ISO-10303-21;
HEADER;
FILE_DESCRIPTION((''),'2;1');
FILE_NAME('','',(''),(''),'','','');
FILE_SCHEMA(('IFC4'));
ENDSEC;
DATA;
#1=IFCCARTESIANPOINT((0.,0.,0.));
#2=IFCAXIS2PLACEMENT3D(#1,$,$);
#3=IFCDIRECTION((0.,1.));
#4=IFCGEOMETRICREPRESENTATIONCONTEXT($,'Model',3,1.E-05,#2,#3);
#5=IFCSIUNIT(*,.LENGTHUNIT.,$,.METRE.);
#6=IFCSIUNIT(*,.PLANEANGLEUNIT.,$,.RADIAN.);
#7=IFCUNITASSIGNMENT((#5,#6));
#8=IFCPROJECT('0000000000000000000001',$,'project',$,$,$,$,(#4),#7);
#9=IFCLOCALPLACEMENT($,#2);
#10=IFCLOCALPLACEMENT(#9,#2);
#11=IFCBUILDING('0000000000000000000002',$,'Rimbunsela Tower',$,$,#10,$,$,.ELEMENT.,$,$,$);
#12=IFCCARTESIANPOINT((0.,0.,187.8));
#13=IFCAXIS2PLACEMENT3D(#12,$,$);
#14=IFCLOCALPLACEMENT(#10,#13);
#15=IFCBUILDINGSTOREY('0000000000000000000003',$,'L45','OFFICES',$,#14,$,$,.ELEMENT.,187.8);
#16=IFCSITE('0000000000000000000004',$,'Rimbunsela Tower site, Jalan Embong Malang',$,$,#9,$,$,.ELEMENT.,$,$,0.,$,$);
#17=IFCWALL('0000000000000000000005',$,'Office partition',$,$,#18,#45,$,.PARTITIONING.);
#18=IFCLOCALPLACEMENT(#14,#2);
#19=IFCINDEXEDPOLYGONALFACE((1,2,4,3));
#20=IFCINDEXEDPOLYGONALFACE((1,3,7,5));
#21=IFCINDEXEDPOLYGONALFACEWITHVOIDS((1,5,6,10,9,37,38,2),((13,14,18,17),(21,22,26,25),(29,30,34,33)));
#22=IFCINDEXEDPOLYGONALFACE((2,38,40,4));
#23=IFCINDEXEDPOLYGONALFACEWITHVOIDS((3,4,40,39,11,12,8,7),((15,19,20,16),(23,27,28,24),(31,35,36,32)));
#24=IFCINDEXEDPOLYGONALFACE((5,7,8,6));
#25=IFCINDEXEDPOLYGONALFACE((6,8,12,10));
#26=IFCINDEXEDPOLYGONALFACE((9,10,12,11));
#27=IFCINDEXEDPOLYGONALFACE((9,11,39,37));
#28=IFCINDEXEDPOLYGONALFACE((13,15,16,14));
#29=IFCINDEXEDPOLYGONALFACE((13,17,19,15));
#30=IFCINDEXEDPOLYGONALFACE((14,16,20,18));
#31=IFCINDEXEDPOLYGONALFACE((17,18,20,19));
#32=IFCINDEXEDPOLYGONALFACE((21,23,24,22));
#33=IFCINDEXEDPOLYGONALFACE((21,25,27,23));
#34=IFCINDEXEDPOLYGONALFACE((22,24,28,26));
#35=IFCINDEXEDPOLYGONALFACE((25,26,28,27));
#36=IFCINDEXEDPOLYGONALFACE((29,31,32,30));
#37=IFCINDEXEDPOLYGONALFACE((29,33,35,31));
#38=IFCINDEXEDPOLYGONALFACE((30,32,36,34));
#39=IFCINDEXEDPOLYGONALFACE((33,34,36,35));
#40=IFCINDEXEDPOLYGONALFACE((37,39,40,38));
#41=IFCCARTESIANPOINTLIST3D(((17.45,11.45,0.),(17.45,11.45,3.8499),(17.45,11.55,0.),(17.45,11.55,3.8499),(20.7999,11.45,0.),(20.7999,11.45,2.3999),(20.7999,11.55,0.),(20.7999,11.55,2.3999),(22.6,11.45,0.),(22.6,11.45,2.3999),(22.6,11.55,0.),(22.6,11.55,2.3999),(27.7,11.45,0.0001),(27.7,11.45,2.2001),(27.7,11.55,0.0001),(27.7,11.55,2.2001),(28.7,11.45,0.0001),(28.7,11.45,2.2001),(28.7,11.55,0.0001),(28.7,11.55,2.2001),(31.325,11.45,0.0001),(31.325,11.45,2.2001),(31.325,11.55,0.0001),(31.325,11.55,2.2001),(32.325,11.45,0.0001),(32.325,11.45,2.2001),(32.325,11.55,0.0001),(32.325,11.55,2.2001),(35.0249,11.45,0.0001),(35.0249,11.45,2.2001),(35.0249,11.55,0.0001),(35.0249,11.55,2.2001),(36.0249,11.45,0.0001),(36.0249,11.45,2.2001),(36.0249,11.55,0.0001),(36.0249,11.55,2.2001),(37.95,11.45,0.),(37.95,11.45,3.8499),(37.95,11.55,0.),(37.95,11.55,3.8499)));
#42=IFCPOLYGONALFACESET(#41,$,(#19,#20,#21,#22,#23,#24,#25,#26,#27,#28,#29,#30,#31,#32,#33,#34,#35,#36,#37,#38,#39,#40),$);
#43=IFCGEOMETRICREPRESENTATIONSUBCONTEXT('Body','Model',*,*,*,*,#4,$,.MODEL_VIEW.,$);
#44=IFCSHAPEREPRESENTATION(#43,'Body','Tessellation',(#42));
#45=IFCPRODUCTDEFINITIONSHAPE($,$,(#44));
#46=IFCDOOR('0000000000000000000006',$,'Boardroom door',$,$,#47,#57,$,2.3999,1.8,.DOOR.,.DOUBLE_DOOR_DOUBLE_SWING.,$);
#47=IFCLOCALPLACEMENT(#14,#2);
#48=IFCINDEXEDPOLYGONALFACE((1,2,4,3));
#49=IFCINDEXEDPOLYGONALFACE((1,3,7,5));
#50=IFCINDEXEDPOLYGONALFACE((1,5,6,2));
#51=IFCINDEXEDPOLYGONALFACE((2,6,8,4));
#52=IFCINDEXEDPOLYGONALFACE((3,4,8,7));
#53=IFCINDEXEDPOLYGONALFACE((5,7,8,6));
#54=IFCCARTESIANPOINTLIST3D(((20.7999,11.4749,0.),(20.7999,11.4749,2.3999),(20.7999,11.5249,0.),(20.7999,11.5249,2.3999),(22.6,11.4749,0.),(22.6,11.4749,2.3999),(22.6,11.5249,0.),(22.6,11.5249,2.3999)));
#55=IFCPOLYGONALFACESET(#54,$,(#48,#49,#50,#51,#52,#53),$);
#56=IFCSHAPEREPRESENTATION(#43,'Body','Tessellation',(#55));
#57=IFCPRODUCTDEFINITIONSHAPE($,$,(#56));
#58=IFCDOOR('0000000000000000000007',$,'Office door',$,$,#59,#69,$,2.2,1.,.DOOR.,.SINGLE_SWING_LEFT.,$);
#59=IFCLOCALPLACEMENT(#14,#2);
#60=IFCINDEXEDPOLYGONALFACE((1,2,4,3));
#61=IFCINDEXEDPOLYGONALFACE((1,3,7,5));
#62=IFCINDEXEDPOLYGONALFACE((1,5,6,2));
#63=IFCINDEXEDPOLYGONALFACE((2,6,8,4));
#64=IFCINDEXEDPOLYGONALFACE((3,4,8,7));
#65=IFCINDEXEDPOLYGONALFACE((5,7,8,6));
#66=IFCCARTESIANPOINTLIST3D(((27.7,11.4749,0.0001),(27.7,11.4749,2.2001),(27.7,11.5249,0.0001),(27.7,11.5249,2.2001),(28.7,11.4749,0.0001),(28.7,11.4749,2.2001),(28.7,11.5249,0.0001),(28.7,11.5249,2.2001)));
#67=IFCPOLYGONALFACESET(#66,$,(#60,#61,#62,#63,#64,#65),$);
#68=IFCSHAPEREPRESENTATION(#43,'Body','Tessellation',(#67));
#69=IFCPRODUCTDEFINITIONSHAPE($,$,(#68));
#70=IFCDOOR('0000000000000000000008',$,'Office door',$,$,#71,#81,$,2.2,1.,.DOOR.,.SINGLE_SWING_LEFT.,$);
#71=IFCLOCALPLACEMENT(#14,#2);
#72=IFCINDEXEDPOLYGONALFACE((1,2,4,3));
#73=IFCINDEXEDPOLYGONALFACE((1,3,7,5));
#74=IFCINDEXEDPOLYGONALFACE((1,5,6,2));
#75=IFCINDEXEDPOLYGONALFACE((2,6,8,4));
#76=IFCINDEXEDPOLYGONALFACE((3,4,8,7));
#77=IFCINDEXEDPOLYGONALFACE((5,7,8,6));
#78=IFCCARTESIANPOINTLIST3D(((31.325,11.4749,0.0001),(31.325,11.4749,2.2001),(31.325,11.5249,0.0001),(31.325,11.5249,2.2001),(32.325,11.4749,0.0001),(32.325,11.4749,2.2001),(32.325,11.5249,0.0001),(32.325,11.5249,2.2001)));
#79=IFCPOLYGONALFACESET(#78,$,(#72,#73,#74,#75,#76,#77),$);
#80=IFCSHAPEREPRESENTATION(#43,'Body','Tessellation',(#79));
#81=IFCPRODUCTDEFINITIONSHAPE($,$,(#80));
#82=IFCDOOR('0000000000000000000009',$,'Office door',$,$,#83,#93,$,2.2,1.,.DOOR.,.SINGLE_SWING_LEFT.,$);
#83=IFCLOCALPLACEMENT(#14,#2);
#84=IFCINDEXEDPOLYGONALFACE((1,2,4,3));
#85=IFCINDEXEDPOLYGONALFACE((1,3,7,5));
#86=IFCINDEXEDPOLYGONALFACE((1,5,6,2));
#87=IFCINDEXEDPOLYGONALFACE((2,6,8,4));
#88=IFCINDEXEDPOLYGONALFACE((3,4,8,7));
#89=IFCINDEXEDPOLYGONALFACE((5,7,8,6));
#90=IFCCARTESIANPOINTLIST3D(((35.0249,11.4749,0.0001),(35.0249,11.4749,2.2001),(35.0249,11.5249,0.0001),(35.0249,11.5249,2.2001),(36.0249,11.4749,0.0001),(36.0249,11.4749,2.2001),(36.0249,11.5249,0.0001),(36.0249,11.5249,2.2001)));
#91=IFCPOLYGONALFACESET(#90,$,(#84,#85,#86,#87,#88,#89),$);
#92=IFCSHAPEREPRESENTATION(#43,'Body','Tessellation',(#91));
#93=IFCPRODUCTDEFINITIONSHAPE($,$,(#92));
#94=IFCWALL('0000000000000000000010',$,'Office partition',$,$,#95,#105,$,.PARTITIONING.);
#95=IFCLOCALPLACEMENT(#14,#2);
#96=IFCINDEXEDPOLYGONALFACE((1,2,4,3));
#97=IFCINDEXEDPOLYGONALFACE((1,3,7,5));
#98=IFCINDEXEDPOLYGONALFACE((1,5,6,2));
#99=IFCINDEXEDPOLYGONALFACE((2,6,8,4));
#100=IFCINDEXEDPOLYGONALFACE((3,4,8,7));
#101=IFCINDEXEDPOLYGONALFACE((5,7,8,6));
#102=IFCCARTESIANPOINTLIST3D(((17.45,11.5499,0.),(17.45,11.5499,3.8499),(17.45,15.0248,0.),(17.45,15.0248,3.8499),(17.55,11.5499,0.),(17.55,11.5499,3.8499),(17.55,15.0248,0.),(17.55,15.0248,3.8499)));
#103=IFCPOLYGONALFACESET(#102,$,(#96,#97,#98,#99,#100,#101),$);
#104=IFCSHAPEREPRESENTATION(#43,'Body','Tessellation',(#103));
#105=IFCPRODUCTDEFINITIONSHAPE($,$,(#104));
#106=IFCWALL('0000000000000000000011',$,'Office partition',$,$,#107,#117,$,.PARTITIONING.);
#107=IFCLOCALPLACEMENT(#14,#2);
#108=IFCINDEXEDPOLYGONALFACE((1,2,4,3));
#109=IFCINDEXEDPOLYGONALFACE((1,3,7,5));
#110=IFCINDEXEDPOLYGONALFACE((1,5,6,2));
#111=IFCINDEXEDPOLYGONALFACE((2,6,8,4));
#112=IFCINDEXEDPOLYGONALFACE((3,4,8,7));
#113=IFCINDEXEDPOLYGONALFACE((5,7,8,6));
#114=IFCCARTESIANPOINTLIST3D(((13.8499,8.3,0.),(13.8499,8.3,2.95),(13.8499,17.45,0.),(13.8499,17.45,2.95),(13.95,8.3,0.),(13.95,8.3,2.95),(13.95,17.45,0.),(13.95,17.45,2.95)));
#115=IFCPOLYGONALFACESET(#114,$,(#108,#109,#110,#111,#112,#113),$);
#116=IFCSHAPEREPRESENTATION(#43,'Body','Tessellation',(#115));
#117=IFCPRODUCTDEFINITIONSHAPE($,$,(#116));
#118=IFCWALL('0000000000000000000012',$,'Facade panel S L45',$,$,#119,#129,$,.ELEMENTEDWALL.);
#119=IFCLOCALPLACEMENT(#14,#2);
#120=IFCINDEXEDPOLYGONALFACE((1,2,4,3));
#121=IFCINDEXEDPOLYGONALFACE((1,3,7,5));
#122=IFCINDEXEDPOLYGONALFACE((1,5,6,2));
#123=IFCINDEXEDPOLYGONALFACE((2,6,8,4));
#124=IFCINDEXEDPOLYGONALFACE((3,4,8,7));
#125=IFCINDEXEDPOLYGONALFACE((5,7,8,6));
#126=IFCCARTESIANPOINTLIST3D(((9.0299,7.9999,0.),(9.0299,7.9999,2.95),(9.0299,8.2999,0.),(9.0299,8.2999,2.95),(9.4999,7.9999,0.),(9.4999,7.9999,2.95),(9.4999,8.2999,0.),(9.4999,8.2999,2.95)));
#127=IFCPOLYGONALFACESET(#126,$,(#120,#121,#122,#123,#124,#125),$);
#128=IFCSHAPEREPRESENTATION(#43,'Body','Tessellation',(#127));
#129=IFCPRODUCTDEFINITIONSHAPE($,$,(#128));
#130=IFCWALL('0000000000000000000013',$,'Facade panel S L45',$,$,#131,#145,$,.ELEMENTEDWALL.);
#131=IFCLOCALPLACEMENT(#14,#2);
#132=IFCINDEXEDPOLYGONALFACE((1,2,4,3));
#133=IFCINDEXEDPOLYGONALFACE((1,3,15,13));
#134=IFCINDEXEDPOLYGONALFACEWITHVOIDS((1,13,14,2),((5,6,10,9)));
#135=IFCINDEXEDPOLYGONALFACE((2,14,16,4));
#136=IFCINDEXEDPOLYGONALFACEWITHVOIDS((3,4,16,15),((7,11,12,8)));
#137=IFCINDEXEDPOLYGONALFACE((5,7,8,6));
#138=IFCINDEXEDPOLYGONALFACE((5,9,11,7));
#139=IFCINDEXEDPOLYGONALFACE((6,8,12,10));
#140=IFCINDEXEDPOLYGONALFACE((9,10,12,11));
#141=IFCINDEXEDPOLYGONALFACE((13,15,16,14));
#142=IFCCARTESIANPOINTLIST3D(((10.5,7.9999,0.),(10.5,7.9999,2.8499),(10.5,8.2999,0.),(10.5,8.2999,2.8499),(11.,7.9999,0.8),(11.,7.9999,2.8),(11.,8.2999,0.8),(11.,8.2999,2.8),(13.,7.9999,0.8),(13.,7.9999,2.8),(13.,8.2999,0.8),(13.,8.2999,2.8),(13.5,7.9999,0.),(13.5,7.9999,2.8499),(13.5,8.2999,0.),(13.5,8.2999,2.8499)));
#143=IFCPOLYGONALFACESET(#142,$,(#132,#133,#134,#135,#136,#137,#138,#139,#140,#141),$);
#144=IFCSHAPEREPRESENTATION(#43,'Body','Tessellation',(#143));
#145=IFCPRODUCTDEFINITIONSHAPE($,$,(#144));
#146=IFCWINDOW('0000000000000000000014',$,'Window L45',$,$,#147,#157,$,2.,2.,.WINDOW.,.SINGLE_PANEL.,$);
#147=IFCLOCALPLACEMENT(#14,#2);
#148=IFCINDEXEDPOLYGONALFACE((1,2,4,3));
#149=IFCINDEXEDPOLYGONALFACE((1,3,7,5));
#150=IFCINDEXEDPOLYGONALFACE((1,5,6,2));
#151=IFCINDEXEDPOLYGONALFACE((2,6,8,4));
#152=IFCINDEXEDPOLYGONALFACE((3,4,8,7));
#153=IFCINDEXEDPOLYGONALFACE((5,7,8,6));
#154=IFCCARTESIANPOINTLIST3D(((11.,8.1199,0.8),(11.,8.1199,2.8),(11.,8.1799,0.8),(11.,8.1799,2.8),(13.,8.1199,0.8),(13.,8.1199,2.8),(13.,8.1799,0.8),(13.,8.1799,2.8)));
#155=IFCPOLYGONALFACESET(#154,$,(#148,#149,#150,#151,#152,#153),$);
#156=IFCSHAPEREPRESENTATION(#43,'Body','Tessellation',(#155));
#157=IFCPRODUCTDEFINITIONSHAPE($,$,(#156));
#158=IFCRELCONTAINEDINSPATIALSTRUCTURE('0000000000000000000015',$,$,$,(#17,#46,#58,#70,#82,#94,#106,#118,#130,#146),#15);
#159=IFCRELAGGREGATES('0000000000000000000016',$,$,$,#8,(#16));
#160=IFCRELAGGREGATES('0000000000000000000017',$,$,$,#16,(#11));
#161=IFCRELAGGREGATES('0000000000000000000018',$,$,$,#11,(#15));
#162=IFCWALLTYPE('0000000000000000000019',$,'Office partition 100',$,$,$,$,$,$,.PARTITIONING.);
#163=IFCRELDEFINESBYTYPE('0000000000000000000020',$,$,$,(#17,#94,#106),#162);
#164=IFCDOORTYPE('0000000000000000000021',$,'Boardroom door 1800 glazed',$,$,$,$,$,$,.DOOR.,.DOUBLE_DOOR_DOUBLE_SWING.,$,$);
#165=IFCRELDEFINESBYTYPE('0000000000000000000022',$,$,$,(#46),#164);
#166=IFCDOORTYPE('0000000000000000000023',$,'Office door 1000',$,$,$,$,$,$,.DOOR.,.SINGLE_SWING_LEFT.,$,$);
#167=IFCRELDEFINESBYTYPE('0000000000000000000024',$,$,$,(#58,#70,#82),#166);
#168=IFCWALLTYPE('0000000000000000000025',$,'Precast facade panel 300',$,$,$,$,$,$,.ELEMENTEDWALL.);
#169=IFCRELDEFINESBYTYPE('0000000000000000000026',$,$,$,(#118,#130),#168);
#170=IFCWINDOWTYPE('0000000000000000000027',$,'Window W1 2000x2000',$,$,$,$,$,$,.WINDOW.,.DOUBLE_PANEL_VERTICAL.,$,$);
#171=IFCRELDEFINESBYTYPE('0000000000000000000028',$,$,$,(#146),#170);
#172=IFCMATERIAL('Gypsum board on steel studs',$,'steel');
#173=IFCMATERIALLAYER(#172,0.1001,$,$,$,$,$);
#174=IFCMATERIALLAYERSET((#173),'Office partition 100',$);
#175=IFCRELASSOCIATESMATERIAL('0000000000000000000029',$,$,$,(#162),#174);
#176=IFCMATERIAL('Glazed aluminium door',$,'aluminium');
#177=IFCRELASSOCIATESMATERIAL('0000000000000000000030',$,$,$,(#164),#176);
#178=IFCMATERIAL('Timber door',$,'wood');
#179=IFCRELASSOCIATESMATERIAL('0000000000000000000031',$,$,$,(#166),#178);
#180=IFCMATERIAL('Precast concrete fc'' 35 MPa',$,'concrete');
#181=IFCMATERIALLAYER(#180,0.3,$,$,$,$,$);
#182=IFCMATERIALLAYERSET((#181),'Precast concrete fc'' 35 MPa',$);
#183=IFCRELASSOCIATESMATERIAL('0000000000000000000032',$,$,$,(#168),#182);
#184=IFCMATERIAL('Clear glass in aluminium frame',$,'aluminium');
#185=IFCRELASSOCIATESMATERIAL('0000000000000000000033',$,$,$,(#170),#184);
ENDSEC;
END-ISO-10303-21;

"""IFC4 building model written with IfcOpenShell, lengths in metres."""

from ifc_helpers import new_model, si_unit, direction, frame, frame_2d, origin, place, context, subcontext, project, spatial, rectangle, extrude, material, layer, layer_set, type_object, element, fill, save


model = new_model("IFC4")

# Units and contexts
model_context = context("Model", 3, precision=1e-05, world=origin(), true_north=direction((0.0, 1.0)))
body_context = subcontext(model_context, "Body", "Model", "MODEL_VIEW")
ifc_project = project(units=[si_unit("LENGTHUNIT", "METRE"), si_unit("PLANEANGLEUNIT", "RADIAN")], contexts=[model_context])

# Site, building, storey
site_placement = place(None, origin())
site = spatial("IfcSite", under=ifc_project, at=site_placement, Name="Rimbunsela Tower site, Jalan Embong Malang", CompositionType="ELEMENT", RefElevation=0.0)
building_placement = place(site_placement, origin())
building = spatial("IfcBuilding", under=site, at=building_placement, Name="Rimbunsela Tower", CompositionType="ELEMENT")
storey_placement = place(building_placement, frame((0.0, 0.0, 187.8)))
storey = spatial("IfcBuildingStorey", under=building, at=storey_placement, Name="L45", Description="OFFICES", CompositionType="ELEMENT", Elevation=187.8)

# Wall, openings, doors
ifc_material_1 = material(Name="Gypsum board on steel studs", Category="steel")
ifc_layer_1 = layer(ifc_material_1, 0.1001)
ifc_layer_set_1 = layer_set([ifc_layer_1], Name="Office partition 100")
wall_type_1 = type_object("IfcWallType", Name="Office partition 100", PredefinedType="PARTITIONING", material=ifc_layer_set_1)
wall_1_placement = place(storey_placement, frame((17.45, 11.5, 0.0), z_axis=(0.0, 0.0, 1.0), x_axis=(1.0, 0.0, 0.0)))
wall_1 = element("IfcWall", 1, at=wall_1_placement, inside=storey, type_object=wall_type_1, Name="Office partition", PredefinedType="PARTITIONING", context=body_context, shape_type="SweptSolid", body=[
    extrude(rectangle(XDim=20.5, YDim=0.1001, at=frame_2d((10.25, 0.0))), origin(), (0.0, 0.0, 1.0), 3.8499),
])
opening_1_placement = place(wall_1_placement, frame((3.3501, 0.0, 0.0)))
opening_1 = element("IfcOpeningElement", 2, at=opening_1_placement, cuts=wall_1, PredefinedType="OPENING", context=body_context, shape_type="SweptSolid", body=[
    extrude(rectangle(XDim=1.8, YDim=2.3999, at=frame_2d((0.8999, 1.2))), frame((0.0, 0.0601, 0.0), z_axis=(0.0, -1.0, 0.0), x_axis=(1.0, 0.0, 0.0)), (0.0, 0.0, 1.0), 0.1201),
])
opening_2_placement = place(wall_1_placement, frame((10.25, 0.0, 0.0)))
opening_2 = element("IfcOpeningElement", 3, at=opening_2_placement, cuts=wall_1, PredefinedType="OPENING", context=body_context, shape_type="SweptSolid", body=[
    extrude(rectangle(XDim=1.0, YDim=2.2, at=frame_2d((0.5, 1.1001))), frame((0.0, 0.0601, 0.0), z_axis=(0.0, -1.0, 0.0), x_axis=(1.0, 0.0, 0.0)), (0.0, 0.0, 1.0), 0.1201),
])
opening_3_placement = place(wall_1_placement, frame((13.875, 0.0, 0.0)))
opening_3 = element("IfcOpeningElement", 4, at=opening_3_placement, cuts=wall_1, PredefinedType="OPENING", context=body_context, shape_type="SweptSolid", body=[
    extrude(rectangle(XDim=1.0, YDim=2.2, at=frame_2d((0.5, 1.1001))), frame((0.0, 0.0601, 0.0), z_axis=(0.0, -1.0, 0.0), x_axis=(1.0, 0.0, 0.0)), (0.0, 0.0, 1.0), 0.1201),
])
opening_4_placement = place(wall_1_placement, frame((17.575, 0.0, 0.0)))
opening_4 = element("IfcOpeningElement", 5, at=opening_4_placement, cuts=wall_1, PredefinedType="OPENING", context=body_context, shape_type="SweptSolid", body=[
    extrude(rectangle(XDim=1.0, YDim=2.2, at=frame_2d((0.5, 1.1001))), frame((0.0, 0.0601, 0.0), z_axis=(0.0, -1.0, 0.0), x_axis=(1.0, 0.0, 0.0)), (0.0, 0.0, 1.0), 0.1201),
])
ifc_material_2 = material(Name="Glazed aluminium door", Category="aluminium")
door_type_1 = type_object("IfcDoorType", Name="Boardroom door 1800 glazed", OperationType="DOUBLE_DOOR_DOUBLE_SWING", PredefinedType="DOOR", material=ifc_material_2)
door_1_placement = place(opening_1_placement, origin())
door_1 = element("IfcDoor", 6, at=door_1_placement, inside=storey, type_object=door_type_1, Name="Boardroom door", OperationType="DOUBLE_DOOR_DOUBLE_SWING", OverallHeight=2.3999, OverallWidth=1.8, PredefinedType="DOOR", context=body_context, shape_type="SweptSolid", body=[
    extrude(rectangle(XDim=1.8, YDim=2.3999, at=frame_2d((0.8999, 1.2))), frame((0.0, 0.0249, 0.0), z_axis=(0.0, -1.0, 0.0), x_axis=(1.0, 0.0, 0.0)), (0.0, 0.0, 1.0), 0.05),
])
fill(opening_1, door_1)
ifc_material_3 = material(Name="Timber door", Category="wood")
door_type_2 = type_object("IfcDoorType", Name="Office door 1000", OperationType="SINGLE_SWING_LEFT", PredefinedType="DOOR", material=ifc_material_3)
door_2_placement = place(opening_2_placement, origin())
door_2 = element("IfcDoor", 7, at=door_2_placement, inside=storey, type_object=door_type_2, Name="Office door", OperationType="SINGLE_SWING_LEFT", OverallHeight=2.2, OverallWidth=1.0, PredefinedType="DOOR", context=body_context, shape_type="SweptSolid", body=[
    extrude(rectangle(XDim=1.0, YDim=2.2, at=frame_2d((0.5, 1.1001))), frame((0.0, 0.0249, 0.0), z_axis=(0.0, -1.0, 0.0), x_axis=(1.0, 0.0, 0.0)), (0.0, 0.0, 1.0), 0.05),
])
fill(opening_2, door_2)
door_3_placement = place(opening_3_placement, origin())
door_3 = element("IfcDoor", 8, at=door_3_placement, inside=storey, type_object=door_type_2, Name="Office door", OperationType="SINGLE_SWING_LEFT", OverallHeight=2.2, OverallWidth=1.0, PredefinedType="DOOR", context=body_context, shape_type="SweptSolid", body=[
    extrude(rectangle(XDim=1.0, YDim=2.2, at=frame_2d((0.5, 1.1001))), frame((0.0, 0.0249, 0.0), z_axis=(0.0, -1.0, 0.0), x_axis=(1.0, 0.0, 0.0)), (0.0, 0.0, 1.0), 0.05),
])
fill(opening_3, door_3)
door_4_placement = place(opening_4_placement, origin())
door_4 = element("IfcDoor", 9, at=door_4_placement, inside=storey, type_object=door_type_2, Name="Office door", OperationType="SINGLE_SWING_LEFT", OverallHeight=2.2, OverallWidth=1.0, PredefinedType="DOOR", context=body_context, shape_type="SweptSolid", body=[
    extrude(rectangle(XDim=1.0, YDim=2.2, at=frame_2d((0.5, 1.1001))), frame((0.0, 0.0249, 0.0), z_axis=(0.0, -1.0, 0.0), x_axis=(1.0, 0.0, 0.0)), (0.0, 0.0, 1.0), 0.05),
])
fill(opening_4, door_4)

# Walls
wall_2_placement = place(storey_placement, frame((17.5, 11.55, 0.0), z_axis=(0.0, 0.0, 1.0), x_axis=(0.0, 1.0, 0.0)))
element("IfcWall", 10, at=wall_2_placement, inside=storey, type_object=wall_type_1, Name="Office partition", PredefinedType="PARTITIONING", context=body_context, shape_type="SweptSolid", body=[
    extrude(rectangle(XDim=3.4749, YDim=0.1001, at=frame_2d((1.7373, 0.0))), origin(), (0.0, 0.0, 1.0), 3.8499),
])
wall_3_placement = place(storey_placement, frame((13.8999, 8.3, 0.0), z_axis=(0.0, 0.0, 1.0), x_axis=(0.0, 1.0, 0.0)))
element("IfcWall", 11, at=wall_3_placement, inside=storey, type_object=wall_type_1, Name="Office partition", PredefinedType="PARTITIONING", context=body_context, shape_type="SweptSolid", body=[
    extrude(rectangle(XDim=9.1499, YDim=0.1001, at=frame_2d((4.575, 0.0))), origin(), (0.0, 0.0, 1.0), 2.95),
])
ifc_material_4 = material(Name="Precast concrete fc' 35 MPa", Category="concrete")
ifc_layer_2 = layer(ifc_material_4, 0.3)
ifc_layer_set_2 = layer_set([ifc_layer_2], Name="Precast concrete fc' 35 MPa")
wall_type_2 = type_object("IfcWallType", Name="Precast facade panel 300", PredefinedType="ELEMENTEDWALL", material=ifc_layer_set_2)
wall_4_placement = place(storey_placement, frame((9.03, 8.1499, 0.0), z_axis=(0.0, 0.0, 1.0), x_axis=(1.0, 0.0, 0.0)))
element("IfcWall", 12, at=wall_4_placement, inside=storey, type_object=wall_type_2, Name="Facade panel S L45", PredefinedType="ELEMENTEDWALL", context=body_context, shape_type="SweptSolid", body=[
    extrude(rectangle(XDim=0.47, YDim=0.3, at=frame_2d((0.2349, 0.0))), origin(), (0.0, 0.0, 1.0), 2.95),
])

# Wall, opening, window
wall_5_placement = place(storey_placement, frame((10.5, 8.1499, 0.0), z_axis=(0.0, 0.0, 1.0), x_axis=(1.0, 0.0, 0.0)))
wall_5 = element("IfcWall", 13, at=wall_5_placement, inside=storey, type_object=wall_type_2, Name="Facade panel S L45", PredefinedType="ELEMENTEDWALL", context=body_context, shape_type="SweptSolid", body=[
    extrude(rectangle(XDim=3.0, YDim=0.3, at=frame_2d((1.5, 0.0))), origin(), (0.0, 0.0, 1.0), 2.8499),
])
opening_5_placement = place(wall_5_placement, frame((0.5, 0.0, 0.8)))
opening_5 = element("IfcOpeningElement", 14, at=opening_5_placement, cuts=wall_5, PredefinedType="OPENING", context=body_context, shape_type="SweptSolid", body=[
    extrude(rectangle(XDim=2.0, YDim=2.0, at=frame_2d((1.0, 1.0))), frame((0.0, 0.1599, 0.0), z_axis=(0.0, -1.0, 0.0), x_axis=(1.0, 0.0, 0.0)), (0.0, 0.0, 1.0), 0.3201),
])
ifc_material_5 = material(Name="Clear glass in aluminium frame", Category="aluminium")
window_type = type_object("IfcWindowType", Name="Window W1 2000x2000", PartitioningType="DOUBLE_PANEL_VERTICAL", PredefinedType="WINDOW", material=ifc_material_5)
window_1_placement = place(opening_5_placement, origin())
window_1 = element("IfcWindow", 15, at=window_1_placement, inside=storey, type_object=window_type, Name="Window L45", OverallHeight=2.0, OverallWidth=2.0, PartitioningType="SINGLE_PANEL", PredefinedType="WINDOW", context=body_context, shape_type="SweptSolid", body=[
    extrude(rectangle(XDim=2.0, YDim=2.0, at=frame_2d((1.0, 1.0))), frame((0.0, 0.03, 0.0), z_axis=(0.0, -1.0, 0.0), x_axis=(1.0, 0.0, 0.0)), (0.0, 0.0, 1.0), 0.0601),
])
fill(opening_5, window_1)

save(model, "model.ifc")
